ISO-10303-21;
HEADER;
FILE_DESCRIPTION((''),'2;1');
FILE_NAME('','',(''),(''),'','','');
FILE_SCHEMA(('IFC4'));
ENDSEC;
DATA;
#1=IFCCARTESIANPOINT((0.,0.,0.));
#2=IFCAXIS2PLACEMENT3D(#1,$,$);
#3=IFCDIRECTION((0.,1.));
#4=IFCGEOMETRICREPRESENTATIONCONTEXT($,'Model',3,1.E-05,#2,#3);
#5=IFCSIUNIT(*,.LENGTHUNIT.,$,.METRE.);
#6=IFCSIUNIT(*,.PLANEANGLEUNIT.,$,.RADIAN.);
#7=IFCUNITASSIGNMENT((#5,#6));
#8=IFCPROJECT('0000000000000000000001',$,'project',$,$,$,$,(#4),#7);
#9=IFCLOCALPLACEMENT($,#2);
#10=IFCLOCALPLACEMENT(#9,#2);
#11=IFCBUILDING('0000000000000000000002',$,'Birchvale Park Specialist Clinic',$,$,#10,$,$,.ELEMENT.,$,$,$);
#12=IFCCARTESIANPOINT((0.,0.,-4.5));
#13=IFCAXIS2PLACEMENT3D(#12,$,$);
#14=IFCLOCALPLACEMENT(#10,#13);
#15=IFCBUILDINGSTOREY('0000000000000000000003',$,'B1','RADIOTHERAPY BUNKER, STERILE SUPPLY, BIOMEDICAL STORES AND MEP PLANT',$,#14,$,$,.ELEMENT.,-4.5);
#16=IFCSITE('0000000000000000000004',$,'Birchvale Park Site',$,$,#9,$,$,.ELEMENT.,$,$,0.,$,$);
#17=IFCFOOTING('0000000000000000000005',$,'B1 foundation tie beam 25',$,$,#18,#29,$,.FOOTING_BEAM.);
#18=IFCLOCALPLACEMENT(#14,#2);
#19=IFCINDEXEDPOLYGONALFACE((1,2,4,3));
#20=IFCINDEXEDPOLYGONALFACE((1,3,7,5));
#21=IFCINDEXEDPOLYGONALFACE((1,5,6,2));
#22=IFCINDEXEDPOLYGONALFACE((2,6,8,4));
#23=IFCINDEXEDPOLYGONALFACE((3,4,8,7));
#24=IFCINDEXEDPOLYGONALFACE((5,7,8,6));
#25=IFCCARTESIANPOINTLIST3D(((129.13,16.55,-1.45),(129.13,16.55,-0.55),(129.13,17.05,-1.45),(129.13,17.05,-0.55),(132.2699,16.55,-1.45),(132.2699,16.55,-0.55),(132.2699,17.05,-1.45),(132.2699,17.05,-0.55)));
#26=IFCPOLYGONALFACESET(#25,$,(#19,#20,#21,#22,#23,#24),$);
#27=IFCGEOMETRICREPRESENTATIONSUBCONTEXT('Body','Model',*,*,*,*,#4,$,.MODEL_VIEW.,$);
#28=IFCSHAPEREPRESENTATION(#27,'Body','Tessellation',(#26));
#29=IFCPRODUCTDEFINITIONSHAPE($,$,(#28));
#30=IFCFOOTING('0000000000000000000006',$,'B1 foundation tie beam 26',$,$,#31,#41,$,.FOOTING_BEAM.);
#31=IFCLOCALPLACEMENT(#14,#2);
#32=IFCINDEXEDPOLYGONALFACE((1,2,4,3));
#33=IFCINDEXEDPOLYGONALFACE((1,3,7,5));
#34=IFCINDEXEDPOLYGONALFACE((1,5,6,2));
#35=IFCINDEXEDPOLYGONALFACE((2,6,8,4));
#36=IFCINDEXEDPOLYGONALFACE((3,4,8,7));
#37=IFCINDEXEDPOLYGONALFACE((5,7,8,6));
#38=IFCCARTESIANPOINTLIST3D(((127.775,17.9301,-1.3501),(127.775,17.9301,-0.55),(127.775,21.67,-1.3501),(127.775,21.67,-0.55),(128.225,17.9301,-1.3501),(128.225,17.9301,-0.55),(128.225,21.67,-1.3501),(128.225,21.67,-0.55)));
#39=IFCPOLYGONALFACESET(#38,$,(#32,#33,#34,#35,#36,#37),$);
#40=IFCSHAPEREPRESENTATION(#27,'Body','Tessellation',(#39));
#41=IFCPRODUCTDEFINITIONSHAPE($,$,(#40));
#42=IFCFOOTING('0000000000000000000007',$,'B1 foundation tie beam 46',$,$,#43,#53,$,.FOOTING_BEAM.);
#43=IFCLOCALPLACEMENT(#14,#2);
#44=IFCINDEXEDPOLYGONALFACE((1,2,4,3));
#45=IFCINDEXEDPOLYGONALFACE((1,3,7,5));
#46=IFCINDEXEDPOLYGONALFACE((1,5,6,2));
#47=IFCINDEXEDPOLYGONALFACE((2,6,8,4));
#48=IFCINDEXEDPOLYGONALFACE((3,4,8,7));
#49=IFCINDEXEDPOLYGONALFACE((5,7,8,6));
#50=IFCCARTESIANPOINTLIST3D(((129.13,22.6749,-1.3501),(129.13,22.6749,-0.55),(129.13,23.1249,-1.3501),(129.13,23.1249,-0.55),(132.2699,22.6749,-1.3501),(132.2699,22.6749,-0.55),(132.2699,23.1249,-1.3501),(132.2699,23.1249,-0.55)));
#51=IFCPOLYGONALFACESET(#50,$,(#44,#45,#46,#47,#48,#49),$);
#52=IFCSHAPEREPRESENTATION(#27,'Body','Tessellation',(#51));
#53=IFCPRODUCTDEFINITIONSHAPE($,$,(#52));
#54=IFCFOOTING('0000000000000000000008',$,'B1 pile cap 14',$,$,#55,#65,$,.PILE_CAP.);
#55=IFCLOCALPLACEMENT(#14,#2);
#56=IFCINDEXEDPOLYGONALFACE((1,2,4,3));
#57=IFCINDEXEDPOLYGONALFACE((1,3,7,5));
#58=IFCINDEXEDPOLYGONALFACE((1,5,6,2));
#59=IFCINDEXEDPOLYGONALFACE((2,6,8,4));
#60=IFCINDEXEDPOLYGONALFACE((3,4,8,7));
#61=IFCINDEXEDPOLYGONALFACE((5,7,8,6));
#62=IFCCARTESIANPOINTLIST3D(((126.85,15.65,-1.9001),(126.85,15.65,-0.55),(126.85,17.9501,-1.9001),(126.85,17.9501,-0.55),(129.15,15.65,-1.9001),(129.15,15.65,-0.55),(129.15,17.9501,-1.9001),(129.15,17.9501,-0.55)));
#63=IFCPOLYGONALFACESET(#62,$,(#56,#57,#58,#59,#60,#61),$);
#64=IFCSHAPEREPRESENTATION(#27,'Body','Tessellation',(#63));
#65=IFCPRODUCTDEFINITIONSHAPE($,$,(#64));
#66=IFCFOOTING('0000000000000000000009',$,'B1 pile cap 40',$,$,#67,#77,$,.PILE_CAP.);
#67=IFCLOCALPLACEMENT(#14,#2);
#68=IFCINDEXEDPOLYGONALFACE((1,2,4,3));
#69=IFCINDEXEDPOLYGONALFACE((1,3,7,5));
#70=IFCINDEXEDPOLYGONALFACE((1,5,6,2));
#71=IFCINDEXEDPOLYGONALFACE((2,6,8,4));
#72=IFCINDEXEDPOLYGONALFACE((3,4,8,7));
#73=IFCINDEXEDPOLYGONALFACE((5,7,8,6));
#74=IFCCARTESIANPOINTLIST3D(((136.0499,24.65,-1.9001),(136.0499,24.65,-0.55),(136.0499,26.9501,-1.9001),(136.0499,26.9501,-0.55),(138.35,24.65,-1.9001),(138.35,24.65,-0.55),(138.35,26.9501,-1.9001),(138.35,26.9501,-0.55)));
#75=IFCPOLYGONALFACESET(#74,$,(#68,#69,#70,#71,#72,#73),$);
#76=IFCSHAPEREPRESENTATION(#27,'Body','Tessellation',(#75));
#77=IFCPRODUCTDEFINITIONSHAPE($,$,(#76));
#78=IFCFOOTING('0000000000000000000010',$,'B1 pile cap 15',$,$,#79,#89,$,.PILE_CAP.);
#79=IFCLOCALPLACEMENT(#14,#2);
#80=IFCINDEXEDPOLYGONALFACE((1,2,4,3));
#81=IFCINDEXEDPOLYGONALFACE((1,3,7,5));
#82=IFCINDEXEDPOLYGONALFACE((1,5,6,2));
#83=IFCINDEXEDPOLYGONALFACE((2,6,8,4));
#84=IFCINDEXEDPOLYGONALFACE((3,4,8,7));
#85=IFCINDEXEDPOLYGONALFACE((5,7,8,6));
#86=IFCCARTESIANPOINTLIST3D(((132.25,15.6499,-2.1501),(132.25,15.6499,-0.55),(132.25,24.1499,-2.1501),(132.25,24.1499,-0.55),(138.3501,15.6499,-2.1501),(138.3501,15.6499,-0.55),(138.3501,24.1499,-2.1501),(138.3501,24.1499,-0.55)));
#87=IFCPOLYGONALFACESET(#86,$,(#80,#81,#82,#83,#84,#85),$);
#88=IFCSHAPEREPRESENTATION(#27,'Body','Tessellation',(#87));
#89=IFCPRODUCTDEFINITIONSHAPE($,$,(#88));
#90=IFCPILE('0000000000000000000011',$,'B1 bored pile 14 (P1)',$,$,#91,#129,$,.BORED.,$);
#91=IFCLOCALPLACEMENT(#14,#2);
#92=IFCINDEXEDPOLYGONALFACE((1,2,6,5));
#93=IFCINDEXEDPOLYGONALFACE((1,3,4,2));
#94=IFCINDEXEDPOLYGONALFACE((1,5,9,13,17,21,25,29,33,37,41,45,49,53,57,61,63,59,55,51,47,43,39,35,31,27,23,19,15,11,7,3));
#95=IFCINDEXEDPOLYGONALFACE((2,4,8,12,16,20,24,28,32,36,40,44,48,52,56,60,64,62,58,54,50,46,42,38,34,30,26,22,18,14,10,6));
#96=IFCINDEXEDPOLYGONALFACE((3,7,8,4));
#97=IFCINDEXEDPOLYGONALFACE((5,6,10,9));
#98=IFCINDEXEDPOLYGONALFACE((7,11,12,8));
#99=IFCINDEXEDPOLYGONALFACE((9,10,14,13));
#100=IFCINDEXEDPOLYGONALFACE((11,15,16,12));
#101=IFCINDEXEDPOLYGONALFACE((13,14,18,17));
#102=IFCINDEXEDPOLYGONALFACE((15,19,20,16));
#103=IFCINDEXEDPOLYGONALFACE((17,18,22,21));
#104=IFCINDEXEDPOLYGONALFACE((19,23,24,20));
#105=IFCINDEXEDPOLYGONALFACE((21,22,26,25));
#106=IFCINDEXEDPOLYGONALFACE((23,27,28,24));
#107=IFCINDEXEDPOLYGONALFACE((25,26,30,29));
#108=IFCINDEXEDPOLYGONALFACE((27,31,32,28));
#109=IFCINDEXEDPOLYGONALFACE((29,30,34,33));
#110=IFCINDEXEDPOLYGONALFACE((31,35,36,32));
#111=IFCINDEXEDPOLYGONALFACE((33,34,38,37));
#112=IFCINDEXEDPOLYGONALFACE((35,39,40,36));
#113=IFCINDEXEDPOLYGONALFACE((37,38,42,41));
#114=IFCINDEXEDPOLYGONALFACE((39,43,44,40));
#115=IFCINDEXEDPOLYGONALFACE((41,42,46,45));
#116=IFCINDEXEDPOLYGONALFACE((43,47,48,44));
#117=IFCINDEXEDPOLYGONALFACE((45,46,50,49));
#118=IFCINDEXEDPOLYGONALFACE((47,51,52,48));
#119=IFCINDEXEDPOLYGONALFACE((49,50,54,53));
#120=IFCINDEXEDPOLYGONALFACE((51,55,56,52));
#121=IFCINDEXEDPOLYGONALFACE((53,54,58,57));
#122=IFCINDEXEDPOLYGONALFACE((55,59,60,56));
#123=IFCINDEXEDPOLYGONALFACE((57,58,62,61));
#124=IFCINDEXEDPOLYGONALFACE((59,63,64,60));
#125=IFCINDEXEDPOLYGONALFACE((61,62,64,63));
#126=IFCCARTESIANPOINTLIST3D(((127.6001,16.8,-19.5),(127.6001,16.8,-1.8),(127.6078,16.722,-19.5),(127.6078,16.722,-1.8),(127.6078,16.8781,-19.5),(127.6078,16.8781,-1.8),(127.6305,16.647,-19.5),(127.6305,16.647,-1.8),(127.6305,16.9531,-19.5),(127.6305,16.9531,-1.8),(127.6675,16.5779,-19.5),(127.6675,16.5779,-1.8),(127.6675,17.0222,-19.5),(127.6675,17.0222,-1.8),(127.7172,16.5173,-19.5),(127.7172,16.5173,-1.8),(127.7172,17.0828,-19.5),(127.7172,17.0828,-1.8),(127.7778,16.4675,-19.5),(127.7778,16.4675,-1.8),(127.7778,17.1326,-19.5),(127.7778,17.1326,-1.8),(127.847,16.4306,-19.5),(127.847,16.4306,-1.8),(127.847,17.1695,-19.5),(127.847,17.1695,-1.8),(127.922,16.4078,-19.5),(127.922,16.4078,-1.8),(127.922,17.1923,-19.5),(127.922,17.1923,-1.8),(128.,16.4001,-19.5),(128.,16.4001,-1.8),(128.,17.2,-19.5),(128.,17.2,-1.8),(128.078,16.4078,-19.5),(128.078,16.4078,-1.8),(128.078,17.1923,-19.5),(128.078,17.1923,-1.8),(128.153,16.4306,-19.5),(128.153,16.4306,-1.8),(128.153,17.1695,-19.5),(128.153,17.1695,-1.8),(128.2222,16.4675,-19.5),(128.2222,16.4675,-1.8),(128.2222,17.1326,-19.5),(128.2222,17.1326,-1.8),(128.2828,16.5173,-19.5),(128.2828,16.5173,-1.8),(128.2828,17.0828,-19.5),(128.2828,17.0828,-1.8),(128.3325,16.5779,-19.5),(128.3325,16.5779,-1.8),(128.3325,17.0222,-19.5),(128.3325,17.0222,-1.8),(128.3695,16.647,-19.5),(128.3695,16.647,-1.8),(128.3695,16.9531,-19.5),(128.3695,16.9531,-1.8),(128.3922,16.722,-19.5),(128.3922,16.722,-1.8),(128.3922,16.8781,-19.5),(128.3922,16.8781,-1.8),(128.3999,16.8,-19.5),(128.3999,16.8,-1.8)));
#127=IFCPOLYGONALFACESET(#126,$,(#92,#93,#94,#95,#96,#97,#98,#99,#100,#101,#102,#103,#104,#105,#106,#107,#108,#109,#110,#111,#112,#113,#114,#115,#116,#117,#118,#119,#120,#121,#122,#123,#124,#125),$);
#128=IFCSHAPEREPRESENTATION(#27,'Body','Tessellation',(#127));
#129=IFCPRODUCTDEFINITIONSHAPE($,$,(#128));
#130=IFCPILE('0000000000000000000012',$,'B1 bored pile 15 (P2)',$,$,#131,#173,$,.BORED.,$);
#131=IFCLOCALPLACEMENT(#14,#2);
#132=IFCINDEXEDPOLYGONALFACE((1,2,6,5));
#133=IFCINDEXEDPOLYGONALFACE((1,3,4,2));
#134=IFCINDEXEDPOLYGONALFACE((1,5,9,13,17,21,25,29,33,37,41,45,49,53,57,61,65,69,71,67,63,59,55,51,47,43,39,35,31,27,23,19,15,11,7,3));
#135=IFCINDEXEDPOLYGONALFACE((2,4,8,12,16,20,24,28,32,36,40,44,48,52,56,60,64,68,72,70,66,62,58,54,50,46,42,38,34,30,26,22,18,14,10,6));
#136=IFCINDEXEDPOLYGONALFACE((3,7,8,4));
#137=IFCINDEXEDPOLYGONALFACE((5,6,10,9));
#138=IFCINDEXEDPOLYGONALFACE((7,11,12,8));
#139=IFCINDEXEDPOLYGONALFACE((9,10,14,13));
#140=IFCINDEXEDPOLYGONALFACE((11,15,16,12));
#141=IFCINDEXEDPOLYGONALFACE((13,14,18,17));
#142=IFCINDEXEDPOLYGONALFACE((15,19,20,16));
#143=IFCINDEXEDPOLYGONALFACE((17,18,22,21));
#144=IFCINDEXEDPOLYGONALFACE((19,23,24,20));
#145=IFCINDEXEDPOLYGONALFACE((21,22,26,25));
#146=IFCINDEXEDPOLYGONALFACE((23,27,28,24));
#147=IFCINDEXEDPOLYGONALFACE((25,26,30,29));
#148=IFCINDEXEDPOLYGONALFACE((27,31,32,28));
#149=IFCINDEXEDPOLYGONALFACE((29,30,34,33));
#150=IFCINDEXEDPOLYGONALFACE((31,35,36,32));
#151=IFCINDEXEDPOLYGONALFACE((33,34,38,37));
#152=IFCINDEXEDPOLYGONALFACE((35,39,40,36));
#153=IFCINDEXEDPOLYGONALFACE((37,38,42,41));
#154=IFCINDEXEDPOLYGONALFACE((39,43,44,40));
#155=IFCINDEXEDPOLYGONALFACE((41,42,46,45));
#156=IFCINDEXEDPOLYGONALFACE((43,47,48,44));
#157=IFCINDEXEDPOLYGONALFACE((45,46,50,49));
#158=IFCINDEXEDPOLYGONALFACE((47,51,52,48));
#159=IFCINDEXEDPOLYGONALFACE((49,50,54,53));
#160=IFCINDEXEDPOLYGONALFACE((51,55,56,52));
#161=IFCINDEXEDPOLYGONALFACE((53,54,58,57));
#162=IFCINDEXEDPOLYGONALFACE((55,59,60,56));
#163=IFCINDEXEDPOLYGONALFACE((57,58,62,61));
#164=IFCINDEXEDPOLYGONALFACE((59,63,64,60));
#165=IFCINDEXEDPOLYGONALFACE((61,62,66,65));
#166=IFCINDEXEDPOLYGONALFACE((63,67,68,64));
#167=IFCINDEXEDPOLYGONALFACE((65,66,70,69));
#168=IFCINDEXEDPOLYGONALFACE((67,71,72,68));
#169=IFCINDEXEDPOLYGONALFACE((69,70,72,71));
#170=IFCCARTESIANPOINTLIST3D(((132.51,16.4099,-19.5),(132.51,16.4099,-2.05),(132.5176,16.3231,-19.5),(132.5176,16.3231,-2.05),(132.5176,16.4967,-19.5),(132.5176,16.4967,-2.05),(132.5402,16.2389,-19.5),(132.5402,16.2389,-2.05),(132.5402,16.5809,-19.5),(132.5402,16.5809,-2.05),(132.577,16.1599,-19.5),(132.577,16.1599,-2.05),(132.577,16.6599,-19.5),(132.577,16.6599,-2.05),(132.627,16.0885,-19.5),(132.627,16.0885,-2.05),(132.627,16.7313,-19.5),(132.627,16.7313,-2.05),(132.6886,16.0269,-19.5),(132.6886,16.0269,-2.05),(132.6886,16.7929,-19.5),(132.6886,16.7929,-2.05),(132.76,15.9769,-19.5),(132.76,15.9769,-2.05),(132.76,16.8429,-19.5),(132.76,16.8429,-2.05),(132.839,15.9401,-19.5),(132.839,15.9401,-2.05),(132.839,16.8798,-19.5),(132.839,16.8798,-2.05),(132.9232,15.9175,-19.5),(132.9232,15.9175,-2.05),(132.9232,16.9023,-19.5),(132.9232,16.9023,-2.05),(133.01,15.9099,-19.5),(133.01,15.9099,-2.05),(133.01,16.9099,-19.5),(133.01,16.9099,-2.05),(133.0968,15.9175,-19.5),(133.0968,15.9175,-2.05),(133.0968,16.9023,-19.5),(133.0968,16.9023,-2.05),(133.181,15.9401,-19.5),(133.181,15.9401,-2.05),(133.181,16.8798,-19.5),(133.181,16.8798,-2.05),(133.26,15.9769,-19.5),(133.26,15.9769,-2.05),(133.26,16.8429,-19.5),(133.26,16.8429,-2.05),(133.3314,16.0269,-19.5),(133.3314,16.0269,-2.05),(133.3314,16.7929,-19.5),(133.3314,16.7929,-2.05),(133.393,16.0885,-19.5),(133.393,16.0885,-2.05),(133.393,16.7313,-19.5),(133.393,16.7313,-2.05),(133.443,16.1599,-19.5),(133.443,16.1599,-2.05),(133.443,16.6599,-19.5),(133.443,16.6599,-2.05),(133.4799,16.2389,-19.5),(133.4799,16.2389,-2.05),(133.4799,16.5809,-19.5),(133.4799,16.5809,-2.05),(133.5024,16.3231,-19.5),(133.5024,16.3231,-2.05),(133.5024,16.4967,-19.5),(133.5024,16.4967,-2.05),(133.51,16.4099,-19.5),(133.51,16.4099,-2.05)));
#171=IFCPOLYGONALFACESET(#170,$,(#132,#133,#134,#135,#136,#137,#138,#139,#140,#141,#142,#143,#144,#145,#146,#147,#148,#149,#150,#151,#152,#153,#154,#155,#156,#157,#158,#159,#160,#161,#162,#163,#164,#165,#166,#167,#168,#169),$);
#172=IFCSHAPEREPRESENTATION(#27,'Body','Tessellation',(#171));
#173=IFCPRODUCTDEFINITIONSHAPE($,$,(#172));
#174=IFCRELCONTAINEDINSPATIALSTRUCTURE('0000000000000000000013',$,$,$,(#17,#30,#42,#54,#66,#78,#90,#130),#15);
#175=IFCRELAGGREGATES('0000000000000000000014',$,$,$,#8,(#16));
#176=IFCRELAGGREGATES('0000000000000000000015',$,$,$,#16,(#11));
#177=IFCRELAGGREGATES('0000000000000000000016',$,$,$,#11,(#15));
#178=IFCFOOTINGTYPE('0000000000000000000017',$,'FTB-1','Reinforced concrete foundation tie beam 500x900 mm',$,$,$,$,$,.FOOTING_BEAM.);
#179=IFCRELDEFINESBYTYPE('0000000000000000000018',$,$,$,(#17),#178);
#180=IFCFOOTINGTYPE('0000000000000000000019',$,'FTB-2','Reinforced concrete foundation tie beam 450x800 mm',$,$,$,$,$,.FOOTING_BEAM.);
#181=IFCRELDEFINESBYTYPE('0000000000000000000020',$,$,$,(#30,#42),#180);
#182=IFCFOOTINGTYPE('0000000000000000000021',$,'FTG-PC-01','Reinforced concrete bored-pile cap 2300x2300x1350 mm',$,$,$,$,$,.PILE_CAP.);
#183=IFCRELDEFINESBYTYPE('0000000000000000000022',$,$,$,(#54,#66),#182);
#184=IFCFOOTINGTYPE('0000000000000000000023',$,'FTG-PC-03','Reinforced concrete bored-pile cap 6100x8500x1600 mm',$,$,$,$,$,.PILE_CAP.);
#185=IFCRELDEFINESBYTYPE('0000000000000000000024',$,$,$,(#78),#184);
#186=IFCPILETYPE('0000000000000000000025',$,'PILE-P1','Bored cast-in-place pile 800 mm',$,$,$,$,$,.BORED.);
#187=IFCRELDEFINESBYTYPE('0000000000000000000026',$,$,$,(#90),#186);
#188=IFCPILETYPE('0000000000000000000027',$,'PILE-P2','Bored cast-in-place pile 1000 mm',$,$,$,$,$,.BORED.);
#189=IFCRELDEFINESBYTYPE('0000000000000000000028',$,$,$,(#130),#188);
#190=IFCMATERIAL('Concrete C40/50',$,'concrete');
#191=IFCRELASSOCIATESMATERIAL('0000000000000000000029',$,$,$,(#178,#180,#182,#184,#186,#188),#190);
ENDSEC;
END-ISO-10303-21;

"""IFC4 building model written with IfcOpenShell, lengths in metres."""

from ifc_helpers import new_model, si_unit, direction, frame, origin, origin_2d, place, context, subcontext, project, spatial, rectangle, circle, extrude, material, material_profile, profile_set, type_object, element, save


model = new_model("IFC4")

# Units and contexts
model_context = context("Model", 3, precision=1e-05, world=origin(), true_north=direction((0.0, 1.0)))
body_context = subcontext(model_context, "Body", "Model", "MODEL_VIEW")
ifc_project = project(units=[si_unit("LENGTHUNIT", "METRE"), si_unit("PLANEANGLEUNIT", "RADIAN")], contexts=[model_context])

# Site, building, storey
site_placement = place(None, origin())
site = spatial("IfcSite", under=ifc_project, at=site_placement, Name="Birchvale Park Site", CompositionType="ELEMENT", RefElevation=0.0)
building_placement = place(site_placement, origin())
building = spatial("IfcBuilding", under=site, at=building_placement, Name="Birchvale Park Specialist Clinic", CompositionType="ELEMENT")
storey_placement = place(building_placement, frame((0.0, 0.0, -4.5)))
storey = spatial("IfcBuildingStorey", under=building, at=storey_placement, Name="B1", Description="RADIOTHERAPY BUNKER, STERILE SUPPLY, BIOMEDICAL STORES AND MEP PLANT", CompositionType="ELEMENT", Elevation=-4.5)

# Footings
ifc_material_1 = material(Name="Concrete C40/50", Category="concrete")
footing_type_1 = type_object("IfcFootingType", Name="FTB-1", Description="Reinforced concrete foundation tie beam 500x900 mm", PredefinedType="FOOTING_BEAM", material=ifc_material_1)
footing_1_placement = place(storey_placement, frame((130.7, 16.8, -1.45), z_axis=(0.0, 0.0, 1.0), x_axis=(1.0, 0.0, 0.0)))
element("IfcFooting", 1, at=footing_1_placement, inside=storey, type_object=footing_type_1, Name="B1 foundation tie beam 25", PredefinedType="FOOTING_BEAM", context=body_context, shape_type="SweptSolid", body=[
    extrude(rectangle(XDim=3.1399, YDim=0.5, at=origin_2d()), origin(), (0.0, 0.0, 1.0), 0.8999),
])
footing_type_2 = type_object("IfcFootingType", Name="FTB-2", Description="Reinforced concrete foundation tie beam 450x800 mm", PredefinedType="FOOTING_BEAM", material=ifc_material_1)
footing_2_placement = place(storey_placement, frame((128.0, 19.8, -1.3501), z_axis=(0.0, 0.0, 1.0), x_axis=(1.0, 0.0, 0.0)))
element("IfcFooting", 2, at=footing_2_placement, inside=storey, type_object=footing_type_2, Name="B1 foundation tie beam 26", PredefinedType="FOOTING_BEAM", context=body_context, shape_type="SweptSolid", body=[
    extrude(rectangle(XDim=0.45, YDim=3.74, at=origin_2d()), origin(), (0.0, 0.0, 1.0), 0.8),
])
footing_3_placement = place(storey_placement, frame((130.7, 22.8999, -1.3501), z_axis=(0.0, 0.0, 1.0), x_axis=(1.0, 0.0, 0.0)))
element("IfcFooting", 3, at=footing_3_placement, inside=storey, type_object=footing_type_2, Name="B1 foundation tie beam 46", PredefinedType="FOOTING_BEAM", context=body_context, shape_type="SweptSolid", body=[
    extrude(rectangle(XDim=3.1399, YDim=0.45, at=origin_2d()), origin(), (0.0, 0.0, 1.0), 0.8),
])
footing_type_3 = type_object("IfcFootingType", Name="FTG-PC-01", Description="Reinforced concrete bored-pile cap 2300x2300x1350 mm", PredefinedType="PILE_CAP", material=ifc_material_1)
for number, where, z_axis, x_axis, name in (
    (4, (128.0, 16.8, -1.9001), (0.0, 0.0, 1.0), (1.0, 0.0, 0.0), "B1 pile cap 14"),
    (5, (137.2, 25.8, -1.9001), (0.0, 0.0, 1.0), (1.0, 0.0, 0.0), "B1 pile cap 40"),
):
    element("IfcFooting", number, at=place(storey_placement, frame(where, z_axis=z_axis, x_axis=x_axis)), inside=storey, type_object=footing_type_3, Name=name, PredefinedType="PILE_CAP", context=body_context, shape_type="SweptSolid", body=[
        extrude(rectangle(XDim=2.3, YDim=2.3, at=origin_2d()), origin(), (0.0, 0.0, 1.0), 1.3501),
    ])
footing_type_4 = type_object("IfcFootingType", Name="FTG-PC-03", Description="Reinforced concrete bored-pile cap 6100x8500x1600 mm", PredefinedType="PILE_CAP", material=ifc_material_1)
footing_4_placement = place(storey_placement, frame((135.3, 19.8999, -2.1501), z_axis=(0.0, 0.0, 1.0), x_axis=(1.0, 0.0, 0.0)))
element("IfcFooting", 6, at=footing_4_placement, inside=storey, type_object=footing_type_4, Name="B1 pile cap 15", PredefinedType="PILE_CAP", context=body_context, shape_type="SweptSolid", body=[
    extrude(rectangle(XDim=6.1001, YDim=8.5, at=origin_2d()), origin(), (0.0, 0.0, 1.0), 1.6001),
])

# Piles
ifc_material_profile_1 = material_profile(ifc_material_1, circle(Radius=0.3999, at=origin_2d()), Name="PILE-800")
ifc_profile_set_1 = profile_set([ifc_material_profile_1], Name="Concrete C40/50")
pile_type_1 = type_object("IfcPileType", Name="PILE-P1", Description="Bored cast-in-place pile 800 mm", PredefinedType="BORED", material=ifc_profile_set_1)
pile_placement = place(storey_placement, frame((128.0, 16.8, -1.8), z_axis=(0.0, 0.0, -1.0), x_axis=(1.0, 0.0, 0.0)))
element("IfcPile", 7, at=pile_placement, inside=storey, type_object=pile_type_1, Name="B1 bored pile 14 (P1)", PredefinedType="BORED", context=body_context, shape_type="SweptSolid", body=[
    extrude(circle(Radius=0.3999, at=origin_2d()), origin(), (0.0, 0.0, 1.0), 17.7),
])
ifc_material_profile_2 = material_profile(ifc_material_1, circle(Radius=0.5, at=origin_2d()), Name="PILE-1000")
ifc_profile_set_2 = profile_set([ifc_material_profile_2], Name="Concrete C40/50")
pile_type_2 = type_object("IfcPileType", Name="PILE-P2", Description="Bored cast-in-place pile 1000 mm", PredefinedType="BORED", material=ifc_profile_set_2)
for number, where, z_axis, x_axis, name in (
    (8, (133.01, 16.4099, -2.05), (0.0, 0.0, -1.0), (1.0, 0.0, 0.0), "B1 bored pile 15 (P2)"),
):
    element("IfcPile", number, at=place(storey_placement, frame(where, z_axis=z_axis, x_axis=x_axis)), inside=storey, type_object=pile_type_2, Name=name, PredefinedType="BORED", context=body_context, shape_type="SweptSolid", body=[
        extrude(circle(Radius=0.5, at=origin_2d()), origin(), (0.0, 0.0, 1.0), 17.45),
    ])

save(model, "model.ifc")
